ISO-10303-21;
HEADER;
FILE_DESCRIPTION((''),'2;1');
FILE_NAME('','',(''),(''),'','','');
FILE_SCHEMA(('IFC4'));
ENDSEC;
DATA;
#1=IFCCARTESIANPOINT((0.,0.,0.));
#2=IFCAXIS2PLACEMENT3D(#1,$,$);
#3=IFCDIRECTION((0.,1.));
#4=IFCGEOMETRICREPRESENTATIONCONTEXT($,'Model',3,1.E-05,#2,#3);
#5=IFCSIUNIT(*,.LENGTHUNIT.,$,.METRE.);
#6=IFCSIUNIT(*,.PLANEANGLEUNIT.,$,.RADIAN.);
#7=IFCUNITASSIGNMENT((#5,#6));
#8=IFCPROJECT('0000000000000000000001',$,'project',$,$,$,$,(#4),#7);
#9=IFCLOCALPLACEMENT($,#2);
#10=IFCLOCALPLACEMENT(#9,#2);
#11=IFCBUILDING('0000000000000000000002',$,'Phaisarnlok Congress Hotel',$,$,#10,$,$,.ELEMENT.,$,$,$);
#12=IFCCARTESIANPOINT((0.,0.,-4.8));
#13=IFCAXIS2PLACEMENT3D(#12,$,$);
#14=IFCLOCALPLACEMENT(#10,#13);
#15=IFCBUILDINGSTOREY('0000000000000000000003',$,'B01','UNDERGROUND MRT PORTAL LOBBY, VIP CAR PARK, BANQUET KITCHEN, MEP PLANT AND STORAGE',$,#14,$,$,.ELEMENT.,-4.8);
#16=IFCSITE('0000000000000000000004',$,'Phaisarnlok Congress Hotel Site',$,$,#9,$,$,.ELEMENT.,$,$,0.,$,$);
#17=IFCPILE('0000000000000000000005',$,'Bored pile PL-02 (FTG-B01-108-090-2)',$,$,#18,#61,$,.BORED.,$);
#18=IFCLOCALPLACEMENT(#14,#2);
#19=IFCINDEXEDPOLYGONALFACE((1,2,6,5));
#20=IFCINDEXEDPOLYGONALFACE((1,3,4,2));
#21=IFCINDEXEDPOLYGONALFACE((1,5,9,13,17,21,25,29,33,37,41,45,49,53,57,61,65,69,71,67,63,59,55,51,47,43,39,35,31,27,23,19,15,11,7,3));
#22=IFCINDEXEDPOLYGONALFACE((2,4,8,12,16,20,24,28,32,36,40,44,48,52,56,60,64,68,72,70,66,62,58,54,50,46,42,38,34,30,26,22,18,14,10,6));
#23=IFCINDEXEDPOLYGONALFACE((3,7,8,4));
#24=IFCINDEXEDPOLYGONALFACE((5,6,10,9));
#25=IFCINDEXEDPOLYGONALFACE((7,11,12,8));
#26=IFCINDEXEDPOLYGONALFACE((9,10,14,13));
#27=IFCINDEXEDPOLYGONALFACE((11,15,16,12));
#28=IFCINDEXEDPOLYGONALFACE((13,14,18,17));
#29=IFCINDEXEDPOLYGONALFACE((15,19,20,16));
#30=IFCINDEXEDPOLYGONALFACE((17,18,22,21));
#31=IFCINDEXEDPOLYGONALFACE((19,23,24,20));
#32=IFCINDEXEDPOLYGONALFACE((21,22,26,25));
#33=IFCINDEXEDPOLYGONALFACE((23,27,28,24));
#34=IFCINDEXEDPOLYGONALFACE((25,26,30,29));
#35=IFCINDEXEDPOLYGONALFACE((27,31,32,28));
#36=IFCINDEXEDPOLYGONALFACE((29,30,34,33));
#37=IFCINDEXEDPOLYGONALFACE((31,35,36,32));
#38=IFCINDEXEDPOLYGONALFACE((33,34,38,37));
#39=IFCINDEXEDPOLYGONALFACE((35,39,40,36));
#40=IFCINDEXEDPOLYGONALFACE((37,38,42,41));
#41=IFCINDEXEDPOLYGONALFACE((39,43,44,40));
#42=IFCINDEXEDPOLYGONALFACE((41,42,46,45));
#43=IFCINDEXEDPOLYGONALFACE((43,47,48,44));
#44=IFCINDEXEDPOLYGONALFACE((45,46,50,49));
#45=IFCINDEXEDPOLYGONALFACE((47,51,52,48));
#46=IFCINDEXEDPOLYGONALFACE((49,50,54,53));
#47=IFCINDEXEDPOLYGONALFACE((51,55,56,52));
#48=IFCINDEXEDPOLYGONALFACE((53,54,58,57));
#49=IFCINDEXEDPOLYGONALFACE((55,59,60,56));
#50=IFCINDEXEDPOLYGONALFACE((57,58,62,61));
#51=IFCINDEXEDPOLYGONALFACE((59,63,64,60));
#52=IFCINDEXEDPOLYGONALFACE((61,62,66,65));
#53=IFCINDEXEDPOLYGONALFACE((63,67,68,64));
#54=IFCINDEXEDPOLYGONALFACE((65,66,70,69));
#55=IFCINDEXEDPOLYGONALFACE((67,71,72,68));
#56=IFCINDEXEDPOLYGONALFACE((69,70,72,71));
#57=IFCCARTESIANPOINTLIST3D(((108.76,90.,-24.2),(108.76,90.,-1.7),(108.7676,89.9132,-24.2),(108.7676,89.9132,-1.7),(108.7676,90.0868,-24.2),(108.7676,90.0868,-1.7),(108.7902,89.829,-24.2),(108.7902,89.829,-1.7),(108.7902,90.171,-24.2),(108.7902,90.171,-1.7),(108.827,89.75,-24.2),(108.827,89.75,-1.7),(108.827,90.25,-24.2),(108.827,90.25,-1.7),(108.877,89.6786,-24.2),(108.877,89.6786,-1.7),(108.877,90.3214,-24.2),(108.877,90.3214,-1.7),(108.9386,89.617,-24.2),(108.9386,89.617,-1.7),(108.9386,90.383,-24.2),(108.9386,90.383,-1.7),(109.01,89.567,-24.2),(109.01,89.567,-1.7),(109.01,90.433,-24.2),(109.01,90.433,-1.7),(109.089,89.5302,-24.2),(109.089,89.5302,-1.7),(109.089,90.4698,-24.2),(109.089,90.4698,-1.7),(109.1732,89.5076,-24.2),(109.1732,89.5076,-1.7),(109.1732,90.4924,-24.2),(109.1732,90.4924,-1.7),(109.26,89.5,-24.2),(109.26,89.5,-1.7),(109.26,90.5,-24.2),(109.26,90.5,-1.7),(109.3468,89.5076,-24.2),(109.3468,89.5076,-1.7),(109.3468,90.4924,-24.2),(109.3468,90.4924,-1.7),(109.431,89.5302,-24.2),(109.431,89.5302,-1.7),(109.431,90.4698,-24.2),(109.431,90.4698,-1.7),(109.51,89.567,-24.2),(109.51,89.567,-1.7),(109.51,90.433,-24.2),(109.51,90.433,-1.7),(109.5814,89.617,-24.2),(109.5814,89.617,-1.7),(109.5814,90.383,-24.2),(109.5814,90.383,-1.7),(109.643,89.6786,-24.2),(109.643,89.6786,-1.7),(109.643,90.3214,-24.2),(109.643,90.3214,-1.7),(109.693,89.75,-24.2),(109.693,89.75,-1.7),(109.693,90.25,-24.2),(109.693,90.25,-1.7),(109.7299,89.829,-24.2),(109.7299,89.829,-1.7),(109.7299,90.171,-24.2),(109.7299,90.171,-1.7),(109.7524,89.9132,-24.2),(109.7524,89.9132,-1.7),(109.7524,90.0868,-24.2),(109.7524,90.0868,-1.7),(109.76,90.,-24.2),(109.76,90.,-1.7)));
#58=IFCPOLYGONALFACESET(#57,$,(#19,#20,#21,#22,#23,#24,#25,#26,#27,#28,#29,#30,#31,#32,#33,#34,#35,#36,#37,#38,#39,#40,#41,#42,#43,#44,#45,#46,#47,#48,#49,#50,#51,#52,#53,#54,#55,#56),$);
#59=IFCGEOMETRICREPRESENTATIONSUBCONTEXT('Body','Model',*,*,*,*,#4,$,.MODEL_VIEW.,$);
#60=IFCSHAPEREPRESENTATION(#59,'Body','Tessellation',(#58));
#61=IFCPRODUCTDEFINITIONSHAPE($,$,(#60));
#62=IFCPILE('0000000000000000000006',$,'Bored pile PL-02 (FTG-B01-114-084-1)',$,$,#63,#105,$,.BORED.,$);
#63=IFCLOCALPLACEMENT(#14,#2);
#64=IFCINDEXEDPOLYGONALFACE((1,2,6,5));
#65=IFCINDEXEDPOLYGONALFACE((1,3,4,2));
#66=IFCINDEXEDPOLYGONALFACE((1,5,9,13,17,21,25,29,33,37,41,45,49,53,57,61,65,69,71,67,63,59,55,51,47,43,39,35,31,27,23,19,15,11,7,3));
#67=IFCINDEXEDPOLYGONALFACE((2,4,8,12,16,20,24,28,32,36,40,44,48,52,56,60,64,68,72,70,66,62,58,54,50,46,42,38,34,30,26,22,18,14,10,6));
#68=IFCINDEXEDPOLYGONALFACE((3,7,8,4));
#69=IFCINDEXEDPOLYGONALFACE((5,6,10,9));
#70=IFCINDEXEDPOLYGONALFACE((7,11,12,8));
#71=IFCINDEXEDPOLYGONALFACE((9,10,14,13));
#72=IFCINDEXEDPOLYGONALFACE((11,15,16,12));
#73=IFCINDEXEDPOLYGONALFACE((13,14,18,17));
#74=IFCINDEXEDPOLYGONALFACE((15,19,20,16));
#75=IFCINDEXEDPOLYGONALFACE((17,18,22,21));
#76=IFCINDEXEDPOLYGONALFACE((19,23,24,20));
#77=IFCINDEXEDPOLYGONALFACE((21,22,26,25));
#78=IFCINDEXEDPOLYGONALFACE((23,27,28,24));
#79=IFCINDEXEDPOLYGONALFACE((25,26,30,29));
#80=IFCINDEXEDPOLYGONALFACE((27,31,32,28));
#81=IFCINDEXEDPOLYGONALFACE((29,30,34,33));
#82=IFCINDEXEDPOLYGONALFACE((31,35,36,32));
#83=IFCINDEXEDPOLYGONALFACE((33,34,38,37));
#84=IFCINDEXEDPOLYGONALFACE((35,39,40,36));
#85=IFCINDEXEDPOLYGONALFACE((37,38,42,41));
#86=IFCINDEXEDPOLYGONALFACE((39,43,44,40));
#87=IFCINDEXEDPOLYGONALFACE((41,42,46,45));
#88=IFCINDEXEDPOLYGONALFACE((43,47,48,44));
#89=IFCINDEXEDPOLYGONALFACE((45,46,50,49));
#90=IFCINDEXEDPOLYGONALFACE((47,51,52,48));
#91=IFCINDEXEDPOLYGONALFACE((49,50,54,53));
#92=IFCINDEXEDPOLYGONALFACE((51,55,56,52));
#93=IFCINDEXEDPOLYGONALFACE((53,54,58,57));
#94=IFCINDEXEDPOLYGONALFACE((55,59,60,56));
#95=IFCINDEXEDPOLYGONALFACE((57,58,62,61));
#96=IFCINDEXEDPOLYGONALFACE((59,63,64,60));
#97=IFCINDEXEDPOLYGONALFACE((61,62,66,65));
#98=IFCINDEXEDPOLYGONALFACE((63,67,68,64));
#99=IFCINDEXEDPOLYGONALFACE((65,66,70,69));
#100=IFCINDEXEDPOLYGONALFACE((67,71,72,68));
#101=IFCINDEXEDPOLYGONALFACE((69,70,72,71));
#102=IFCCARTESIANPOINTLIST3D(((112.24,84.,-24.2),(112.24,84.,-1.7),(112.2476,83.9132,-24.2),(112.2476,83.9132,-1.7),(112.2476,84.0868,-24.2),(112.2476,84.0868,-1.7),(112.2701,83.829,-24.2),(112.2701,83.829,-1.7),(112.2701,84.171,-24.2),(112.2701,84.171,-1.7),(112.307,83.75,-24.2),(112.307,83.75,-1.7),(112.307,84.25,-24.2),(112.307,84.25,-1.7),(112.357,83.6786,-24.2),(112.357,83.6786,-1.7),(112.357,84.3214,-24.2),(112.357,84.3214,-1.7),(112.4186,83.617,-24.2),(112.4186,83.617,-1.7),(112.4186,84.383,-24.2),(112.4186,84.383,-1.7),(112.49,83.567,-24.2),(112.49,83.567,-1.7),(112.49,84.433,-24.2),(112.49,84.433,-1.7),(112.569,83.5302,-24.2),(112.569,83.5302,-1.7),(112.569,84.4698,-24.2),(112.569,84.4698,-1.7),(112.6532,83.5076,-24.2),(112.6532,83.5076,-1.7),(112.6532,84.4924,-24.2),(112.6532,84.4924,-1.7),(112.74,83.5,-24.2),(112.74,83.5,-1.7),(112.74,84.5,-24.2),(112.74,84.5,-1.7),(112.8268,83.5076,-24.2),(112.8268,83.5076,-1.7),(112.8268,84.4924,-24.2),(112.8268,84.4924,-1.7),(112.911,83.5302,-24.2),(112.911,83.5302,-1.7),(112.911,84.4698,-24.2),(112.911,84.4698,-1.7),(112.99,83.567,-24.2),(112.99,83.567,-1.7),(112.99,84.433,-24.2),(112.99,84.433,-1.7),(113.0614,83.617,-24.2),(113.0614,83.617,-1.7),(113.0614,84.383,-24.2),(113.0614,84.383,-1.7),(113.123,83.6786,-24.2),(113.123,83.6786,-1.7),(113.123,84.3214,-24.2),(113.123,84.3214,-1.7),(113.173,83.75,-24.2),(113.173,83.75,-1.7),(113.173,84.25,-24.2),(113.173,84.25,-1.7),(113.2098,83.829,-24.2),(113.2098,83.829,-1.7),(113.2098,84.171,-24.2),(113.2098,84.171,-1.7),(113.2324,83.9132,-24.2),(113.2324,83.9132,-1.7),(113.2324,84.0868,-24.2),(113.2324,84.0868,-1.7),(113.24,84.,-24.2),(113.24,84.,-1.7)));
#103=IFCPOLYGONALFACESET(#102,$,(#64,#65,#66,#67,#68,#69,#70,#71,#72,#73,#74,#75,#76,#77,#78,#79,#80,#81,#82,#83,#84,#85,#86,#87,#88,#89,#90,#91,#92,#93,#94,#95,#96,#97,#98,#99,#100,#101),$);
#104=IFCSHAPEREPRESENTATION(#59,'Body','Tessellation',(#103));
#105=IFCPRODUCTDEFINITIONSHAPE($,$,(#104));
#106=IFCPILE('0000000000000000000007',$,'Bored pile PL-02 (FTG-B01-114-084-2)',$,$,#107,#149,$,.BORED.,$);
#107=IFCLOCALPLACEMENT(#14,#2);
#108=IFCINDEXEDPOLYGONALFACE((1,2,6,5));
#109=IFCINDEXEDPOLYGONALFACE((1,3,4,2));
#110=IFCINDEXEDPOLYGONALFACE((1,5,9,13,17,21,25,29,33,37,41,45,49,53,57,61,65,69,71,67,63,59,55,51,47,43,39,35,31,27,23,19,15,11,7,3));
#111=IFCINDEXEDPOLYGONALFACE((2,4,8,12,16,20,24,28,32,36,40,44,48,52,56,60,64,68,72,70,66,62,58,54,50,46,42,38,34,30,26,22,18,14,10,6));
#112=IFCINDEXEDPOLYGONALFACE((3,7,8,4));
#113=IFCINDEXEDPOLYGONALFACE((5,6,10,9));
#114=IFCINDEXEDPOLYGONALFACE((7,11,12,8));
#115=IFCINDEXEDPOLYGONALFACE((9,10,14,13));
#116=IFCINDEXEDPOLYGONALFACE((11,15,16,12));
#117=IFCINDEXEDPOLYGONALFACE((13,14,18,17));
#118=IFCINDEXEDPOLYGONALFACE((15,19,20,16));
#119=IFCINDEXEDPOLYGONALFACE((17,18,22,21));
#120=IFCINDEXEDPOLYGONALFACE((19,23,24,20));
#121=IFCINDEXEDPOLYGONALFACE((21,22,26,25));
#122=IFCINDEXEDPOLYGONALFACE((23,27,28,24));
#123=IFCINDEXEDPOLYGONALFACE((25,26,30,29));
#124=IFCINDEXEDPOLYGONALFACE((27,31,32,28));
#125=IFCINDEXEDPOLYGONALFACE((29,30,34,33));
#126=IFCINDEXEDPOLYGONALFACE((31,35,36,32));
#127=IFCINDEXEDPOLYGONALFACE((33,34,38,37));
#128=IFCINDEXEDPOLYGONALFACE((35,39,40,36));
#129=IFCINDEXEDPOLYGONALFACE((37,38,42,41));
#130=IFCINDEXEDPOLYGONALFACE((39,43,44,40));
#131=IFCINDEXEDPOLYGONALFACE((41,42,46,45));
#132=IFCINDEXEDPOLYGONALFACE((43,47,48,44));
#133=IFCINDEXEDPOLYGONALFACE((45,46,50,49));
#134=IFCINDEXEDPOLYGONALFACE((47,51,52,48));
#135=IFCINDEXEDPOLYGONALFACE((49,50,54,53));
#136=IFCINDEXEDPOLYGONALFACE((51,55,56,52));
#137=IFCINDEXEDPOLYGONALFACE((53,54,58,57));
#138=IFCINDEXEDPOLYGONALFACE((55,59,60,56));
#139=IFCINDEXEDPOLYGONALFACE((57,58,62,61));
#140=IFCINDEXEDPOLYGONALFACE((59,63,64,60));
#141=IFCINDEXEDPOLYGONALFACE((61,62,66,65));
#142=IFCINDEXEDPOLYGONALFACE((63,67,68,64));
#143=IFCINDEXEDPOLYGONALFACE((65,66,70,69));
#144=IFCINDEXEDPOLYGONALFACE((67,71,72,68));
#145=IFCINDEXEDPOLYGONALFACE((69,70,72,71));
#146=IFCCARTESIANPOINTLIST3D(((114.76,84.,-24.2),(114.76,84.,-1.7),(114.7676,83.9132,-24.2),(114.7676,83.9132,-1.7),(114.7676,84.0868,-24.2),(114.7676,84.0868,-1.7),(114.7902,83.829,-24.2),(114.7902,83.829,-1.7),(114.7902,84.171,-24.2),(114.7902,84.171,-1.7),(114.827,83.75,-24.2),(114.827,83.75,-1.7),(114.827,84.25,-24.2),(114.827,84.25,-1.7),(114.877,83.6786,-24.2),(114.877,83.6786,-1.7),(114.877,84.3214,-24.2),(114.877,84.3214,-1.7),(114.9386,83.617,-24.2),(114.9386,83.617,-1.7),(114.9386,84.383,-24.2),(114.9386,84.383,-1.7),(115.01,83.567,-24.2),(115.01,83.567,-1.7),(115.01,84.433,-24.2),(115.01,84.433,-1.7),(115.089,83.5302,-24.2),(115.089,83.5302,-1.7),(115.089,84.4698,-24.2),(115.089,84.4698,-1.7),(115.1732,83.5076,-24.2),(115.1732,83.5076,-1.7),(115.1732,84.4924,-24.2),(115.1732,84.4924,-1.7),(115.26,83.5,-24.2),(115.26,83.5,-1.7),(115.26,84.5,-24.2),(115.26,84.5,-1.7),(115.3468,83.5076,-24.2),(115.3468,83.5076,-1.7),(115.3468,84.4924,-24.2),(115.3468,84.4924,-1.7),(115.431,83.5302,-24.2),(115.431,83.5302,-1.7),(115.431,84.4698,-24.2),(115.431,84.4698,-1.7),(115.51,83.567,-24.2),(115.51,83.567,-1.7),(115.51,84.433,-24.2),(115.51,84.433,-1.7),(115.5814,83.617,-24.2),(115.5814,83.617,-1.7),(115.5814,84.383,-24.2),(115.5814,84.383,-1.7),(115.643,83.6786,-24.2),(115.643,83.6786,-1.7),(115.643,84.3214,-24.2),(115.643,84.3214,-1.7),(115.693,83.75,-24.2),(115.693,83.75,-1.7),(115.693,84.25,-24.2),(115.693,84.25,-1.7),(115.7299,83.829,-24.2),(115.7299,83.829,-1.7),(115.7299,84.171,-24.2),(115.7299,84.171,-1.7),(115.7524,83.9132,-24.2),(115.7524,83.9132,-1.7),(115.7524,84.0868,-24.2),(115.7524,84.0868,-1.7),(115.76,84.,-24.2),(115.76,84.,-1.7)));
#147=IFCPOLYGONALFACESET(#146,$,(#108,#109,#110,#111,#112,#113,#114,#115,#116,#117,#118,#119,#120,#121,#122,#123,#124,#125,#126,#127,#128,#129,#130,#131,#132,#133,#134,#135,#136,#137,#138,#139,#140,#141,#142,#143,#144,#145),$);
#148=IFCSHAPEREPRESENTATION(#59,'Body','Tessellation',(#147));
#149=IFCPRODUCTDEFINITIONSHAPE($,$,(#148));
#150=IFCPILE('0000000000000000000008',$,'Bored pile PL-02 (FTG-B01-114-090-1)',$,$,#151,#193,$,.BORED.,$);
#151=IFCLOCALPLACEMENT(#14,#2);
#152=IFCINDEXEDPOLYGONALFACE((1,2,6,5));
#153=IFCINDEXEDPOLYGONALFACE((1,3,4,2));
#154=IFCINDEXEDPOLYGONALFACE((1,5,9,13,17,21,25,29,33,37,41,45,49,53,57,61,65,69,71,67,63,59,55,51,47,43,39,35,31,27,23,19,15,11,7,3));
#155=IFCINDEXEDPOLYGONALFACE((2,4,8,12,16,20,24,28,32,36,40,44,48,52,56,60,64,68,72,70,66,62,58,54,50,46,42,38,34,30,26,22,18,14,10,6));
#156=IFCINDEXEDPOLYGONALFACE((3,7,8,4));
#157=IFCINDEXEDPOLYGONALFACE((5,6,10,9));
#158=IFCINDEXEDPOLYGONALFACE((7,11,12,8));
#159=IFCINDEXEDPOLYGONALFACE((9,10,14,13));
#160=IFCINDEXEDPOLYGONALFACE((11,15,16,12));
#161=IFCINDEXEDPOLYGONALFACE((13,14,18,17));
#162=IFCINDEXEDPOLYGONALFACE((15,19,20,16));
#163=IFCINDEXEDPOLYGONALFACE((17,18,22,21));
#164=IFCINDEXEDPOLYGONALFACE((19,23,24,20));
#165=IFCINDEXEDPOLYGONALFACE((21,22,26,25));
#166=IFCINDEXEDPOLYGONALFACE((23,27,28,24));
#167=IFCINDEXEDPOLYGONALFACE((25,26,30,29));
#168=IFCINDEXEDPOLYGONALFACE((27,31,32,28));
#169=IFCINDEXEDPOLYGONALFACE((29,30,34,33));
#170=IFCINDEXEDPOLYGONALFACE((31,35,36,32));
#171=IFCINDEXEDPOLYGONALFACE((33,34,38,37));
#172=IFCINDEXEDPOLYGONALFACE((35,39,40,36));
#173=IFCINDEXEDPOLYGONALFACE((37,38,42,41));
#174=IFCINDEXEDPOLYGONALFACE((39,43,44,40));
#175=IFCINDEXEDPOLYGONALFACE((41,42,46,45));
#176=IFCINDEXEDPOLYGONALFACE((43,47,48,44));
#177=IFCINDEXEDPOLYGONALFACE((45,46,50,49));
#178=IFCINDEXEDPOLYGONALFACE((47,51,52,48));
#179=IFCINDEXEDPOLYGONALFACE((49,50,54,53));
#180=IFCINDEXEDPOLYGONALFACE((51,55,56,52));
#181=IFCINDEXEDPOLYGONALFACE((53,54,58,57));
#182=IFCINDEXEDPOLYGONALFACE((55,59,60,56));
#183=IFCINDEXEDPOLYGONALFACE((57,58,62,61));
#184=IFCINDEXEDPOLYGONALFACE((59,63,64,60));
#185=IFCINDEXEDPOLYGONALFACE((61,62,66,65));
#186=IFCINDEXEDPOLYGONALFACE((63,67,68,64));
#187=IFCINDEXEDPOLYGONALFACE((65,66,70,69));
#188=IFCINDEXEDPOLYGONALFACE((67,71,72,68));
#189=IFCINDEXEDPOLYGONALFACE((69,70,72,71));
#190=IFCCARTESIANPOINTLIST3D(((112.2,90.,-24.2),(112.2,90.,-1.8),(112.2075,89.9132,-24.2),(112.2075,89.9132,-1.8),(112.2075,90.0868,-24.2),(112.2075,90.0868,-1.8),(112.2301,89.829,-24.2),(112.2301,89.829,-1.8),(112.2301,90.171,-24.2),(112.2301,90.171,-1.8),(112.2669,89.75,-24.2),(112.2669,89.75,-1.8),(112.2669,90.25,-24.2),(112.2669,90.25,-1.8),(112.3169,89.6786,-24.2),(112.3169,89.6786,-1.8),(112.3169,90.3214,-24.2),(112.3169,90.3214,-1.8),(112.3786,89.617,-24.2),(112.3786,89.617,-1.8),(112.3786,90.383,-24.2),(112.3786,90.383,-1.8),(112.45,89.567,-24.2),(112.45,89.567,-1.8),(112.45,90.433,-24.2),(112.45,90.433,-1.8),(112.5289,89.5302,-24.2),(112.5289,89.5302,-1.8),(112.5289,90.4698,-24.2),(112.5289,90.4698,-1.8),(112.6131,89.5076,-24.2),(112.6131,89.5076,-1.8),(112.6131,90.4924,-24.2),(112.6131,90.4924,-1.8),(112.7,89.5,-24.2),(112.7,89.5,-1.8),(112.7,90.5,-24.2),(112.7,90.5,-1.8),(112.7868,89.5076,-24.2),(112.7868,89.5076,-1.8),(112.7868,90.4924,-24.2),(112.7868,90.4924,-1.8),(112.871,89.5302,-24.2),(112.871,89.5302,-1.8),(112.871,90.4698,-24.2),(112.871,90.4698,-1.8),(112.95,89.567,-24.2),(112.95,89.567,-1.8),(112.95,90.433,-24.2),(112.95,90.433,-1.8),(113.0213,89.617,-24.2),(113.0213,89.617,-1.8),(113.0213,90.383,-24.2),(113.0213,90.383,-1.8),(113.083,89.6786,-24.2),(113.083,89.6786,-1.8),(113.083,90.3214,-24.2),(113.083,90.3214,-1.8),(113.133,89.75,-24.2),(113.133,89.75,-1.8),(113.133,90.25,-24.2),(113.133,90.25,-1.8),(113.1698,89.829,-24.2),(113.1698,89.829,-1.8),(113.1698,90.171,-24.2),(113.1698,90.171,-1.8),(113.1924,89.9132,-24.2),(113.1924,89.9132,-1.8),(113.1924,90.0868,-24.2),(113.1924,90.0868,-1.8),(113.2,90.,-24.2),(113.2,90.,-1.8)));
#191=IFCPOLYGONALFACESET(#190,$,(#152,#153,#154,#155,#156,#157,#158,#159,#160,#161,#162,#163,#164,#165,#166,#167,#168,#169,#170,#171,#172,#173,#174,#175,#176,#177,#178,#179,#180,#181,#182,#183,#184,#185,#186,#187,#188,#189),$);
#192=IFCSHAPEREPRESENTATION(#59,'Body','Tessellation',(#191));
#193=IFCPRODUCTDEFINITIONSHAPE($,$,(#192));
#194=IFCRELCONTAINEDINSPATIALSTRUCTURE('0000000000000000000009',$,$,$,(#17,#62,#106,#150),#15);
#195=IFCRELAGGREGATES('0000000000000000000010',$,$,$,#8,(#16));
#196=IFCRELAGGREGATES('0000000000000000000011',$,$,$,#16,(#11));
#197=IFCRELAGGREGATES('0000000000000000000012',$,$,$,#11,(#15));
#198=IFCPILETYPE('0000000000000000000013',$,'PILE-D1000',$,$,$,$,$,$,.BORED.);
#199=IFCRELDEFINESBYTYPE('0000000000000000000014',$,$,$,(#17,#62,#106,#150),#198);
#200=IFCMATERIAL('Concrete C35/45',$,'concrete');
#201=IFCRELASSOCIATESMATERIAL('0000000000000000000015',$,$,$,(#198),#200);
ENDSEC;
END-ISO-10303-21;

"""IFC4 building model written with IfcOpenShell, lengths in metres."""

from ifc_helpers import new_model, si_unit, direction, frame, origin, origin_2d, place, context, subcontext, project, spatial, circle, extrude, material, material_profile, profile_set, type_object, element, save


model = new_model("IFC4")

# Units and contexts
model_context = context("Model", 3, precision=1e-05, world=origin(), true_north=direction((0.0, 1.0)))
body_context = subcontext(model_context, "Body", "Model", "MODEL_VIEW")
ifc_project = project(units=[si_unit("LENGTHUNIT", "METRE"), si_unit("PLANEANGLEUNIT", "RADIAN")], contexts=[model_context])

# Site, building, storey
site_placement = place(None, origin())
site = spatial("IfcSite", under=ifc_project, at=site_placement, Name="Phaisarnlok Congress Hotel Site", CompositionType="ELEMENT", RefElevation=0.0)
building_placement = place(site_placement, origin())
building = spatial("IfcBuilding", under=site, at=building_placement, Name="Phaisarnlok Congress Hotel", CompositionType="ELEMENT")
storey_placement = place(building_placement, frame((0.0, 0.0, -4.8)))
storey = spatial("IfcBuildingStorey", under=building, at=storey_placement, Name="B01", Description="UNDERGROUND MRT PORTAL LOBBY, VIP CAR PARK, BANQUET KITCHEN, MEP PLANT AND STORAGE", CompositionType="ELEMENT", Elevation=-4.8)

# Piles
ifc_material_1 = material(Name="Concrete C35/45", Category="concrete")
ifc_material_profile_1 = material_profile(ifc_material_1, circle(Radius=0.5, at=origin_2d()), Name="BORED PILE D1000")
ifc_profile_set_1 = profile_set([ifc_material_profile_1], Name="Concrete C35/45")
pile_type_1 = type_object("IfcPileType", Name="PILE-D1000", PredefinedType="BORED", material=ifc_profile_set_1)
for number, where, z_axis, x_axis, name in (
    (1, (109.26, 90.0, -1.7), (0.0, 0.0, -1.0), (1.0, 0.0, 0.0), "Bored pile PL-02 (FTG-B01-108-090-2)"),
    (2, (112.74, 84.0, -1.7), (0.0, 0.0, -1.0), (1.0, 0.0, 0.0), "Bored pile PL-02 (FTG-B01-114-084-1)"),
    (3, (115.26, 84.0, -1.7), (0.0, 0.0, -1.0), (1.0, 0.0, 0.0), "Bored pile PL-02 (FTG-B01-114-084-2)"),
):
    element("IfcPile", number, at=place(storey_placement, frame(where, z_axis=z_axis, x_axis=x_axis)), inside=storey, type_object=pile_type_1, Name=name, PredefinedType="BORED", context=body_context, shape_type="SweptSolid", body=[
        extrude(circle(Radius=0.5, at=origin_2d()), origin(), (0.0, 0.0, 1.0), 22.5),
    ])
for number, where, z_axis, x_axis, name in (
    (4, (112.7, 90.0, -1.8), (0.0, 0.0, -1.0), (1.0, 0.0, 0.0), "Bored pile PL-02 (FTG-B01-114-090-1)"),
):
    element("IfcPile", number, at=place(storey_placement, frame(where, z_axis=z_axis, x_axis=x_axis)), inside=storey, type_object=pile_type_1, Name=name, PredefinedType="BORED", context=body_context, shape_type="SweptSolid", body=[
        extrude(circle(Radius=0.5, at=origin_2d()), origin(), (0.0, 0.0, 1.0), 22.3999),
    ])

save(model, "model.ifc")
